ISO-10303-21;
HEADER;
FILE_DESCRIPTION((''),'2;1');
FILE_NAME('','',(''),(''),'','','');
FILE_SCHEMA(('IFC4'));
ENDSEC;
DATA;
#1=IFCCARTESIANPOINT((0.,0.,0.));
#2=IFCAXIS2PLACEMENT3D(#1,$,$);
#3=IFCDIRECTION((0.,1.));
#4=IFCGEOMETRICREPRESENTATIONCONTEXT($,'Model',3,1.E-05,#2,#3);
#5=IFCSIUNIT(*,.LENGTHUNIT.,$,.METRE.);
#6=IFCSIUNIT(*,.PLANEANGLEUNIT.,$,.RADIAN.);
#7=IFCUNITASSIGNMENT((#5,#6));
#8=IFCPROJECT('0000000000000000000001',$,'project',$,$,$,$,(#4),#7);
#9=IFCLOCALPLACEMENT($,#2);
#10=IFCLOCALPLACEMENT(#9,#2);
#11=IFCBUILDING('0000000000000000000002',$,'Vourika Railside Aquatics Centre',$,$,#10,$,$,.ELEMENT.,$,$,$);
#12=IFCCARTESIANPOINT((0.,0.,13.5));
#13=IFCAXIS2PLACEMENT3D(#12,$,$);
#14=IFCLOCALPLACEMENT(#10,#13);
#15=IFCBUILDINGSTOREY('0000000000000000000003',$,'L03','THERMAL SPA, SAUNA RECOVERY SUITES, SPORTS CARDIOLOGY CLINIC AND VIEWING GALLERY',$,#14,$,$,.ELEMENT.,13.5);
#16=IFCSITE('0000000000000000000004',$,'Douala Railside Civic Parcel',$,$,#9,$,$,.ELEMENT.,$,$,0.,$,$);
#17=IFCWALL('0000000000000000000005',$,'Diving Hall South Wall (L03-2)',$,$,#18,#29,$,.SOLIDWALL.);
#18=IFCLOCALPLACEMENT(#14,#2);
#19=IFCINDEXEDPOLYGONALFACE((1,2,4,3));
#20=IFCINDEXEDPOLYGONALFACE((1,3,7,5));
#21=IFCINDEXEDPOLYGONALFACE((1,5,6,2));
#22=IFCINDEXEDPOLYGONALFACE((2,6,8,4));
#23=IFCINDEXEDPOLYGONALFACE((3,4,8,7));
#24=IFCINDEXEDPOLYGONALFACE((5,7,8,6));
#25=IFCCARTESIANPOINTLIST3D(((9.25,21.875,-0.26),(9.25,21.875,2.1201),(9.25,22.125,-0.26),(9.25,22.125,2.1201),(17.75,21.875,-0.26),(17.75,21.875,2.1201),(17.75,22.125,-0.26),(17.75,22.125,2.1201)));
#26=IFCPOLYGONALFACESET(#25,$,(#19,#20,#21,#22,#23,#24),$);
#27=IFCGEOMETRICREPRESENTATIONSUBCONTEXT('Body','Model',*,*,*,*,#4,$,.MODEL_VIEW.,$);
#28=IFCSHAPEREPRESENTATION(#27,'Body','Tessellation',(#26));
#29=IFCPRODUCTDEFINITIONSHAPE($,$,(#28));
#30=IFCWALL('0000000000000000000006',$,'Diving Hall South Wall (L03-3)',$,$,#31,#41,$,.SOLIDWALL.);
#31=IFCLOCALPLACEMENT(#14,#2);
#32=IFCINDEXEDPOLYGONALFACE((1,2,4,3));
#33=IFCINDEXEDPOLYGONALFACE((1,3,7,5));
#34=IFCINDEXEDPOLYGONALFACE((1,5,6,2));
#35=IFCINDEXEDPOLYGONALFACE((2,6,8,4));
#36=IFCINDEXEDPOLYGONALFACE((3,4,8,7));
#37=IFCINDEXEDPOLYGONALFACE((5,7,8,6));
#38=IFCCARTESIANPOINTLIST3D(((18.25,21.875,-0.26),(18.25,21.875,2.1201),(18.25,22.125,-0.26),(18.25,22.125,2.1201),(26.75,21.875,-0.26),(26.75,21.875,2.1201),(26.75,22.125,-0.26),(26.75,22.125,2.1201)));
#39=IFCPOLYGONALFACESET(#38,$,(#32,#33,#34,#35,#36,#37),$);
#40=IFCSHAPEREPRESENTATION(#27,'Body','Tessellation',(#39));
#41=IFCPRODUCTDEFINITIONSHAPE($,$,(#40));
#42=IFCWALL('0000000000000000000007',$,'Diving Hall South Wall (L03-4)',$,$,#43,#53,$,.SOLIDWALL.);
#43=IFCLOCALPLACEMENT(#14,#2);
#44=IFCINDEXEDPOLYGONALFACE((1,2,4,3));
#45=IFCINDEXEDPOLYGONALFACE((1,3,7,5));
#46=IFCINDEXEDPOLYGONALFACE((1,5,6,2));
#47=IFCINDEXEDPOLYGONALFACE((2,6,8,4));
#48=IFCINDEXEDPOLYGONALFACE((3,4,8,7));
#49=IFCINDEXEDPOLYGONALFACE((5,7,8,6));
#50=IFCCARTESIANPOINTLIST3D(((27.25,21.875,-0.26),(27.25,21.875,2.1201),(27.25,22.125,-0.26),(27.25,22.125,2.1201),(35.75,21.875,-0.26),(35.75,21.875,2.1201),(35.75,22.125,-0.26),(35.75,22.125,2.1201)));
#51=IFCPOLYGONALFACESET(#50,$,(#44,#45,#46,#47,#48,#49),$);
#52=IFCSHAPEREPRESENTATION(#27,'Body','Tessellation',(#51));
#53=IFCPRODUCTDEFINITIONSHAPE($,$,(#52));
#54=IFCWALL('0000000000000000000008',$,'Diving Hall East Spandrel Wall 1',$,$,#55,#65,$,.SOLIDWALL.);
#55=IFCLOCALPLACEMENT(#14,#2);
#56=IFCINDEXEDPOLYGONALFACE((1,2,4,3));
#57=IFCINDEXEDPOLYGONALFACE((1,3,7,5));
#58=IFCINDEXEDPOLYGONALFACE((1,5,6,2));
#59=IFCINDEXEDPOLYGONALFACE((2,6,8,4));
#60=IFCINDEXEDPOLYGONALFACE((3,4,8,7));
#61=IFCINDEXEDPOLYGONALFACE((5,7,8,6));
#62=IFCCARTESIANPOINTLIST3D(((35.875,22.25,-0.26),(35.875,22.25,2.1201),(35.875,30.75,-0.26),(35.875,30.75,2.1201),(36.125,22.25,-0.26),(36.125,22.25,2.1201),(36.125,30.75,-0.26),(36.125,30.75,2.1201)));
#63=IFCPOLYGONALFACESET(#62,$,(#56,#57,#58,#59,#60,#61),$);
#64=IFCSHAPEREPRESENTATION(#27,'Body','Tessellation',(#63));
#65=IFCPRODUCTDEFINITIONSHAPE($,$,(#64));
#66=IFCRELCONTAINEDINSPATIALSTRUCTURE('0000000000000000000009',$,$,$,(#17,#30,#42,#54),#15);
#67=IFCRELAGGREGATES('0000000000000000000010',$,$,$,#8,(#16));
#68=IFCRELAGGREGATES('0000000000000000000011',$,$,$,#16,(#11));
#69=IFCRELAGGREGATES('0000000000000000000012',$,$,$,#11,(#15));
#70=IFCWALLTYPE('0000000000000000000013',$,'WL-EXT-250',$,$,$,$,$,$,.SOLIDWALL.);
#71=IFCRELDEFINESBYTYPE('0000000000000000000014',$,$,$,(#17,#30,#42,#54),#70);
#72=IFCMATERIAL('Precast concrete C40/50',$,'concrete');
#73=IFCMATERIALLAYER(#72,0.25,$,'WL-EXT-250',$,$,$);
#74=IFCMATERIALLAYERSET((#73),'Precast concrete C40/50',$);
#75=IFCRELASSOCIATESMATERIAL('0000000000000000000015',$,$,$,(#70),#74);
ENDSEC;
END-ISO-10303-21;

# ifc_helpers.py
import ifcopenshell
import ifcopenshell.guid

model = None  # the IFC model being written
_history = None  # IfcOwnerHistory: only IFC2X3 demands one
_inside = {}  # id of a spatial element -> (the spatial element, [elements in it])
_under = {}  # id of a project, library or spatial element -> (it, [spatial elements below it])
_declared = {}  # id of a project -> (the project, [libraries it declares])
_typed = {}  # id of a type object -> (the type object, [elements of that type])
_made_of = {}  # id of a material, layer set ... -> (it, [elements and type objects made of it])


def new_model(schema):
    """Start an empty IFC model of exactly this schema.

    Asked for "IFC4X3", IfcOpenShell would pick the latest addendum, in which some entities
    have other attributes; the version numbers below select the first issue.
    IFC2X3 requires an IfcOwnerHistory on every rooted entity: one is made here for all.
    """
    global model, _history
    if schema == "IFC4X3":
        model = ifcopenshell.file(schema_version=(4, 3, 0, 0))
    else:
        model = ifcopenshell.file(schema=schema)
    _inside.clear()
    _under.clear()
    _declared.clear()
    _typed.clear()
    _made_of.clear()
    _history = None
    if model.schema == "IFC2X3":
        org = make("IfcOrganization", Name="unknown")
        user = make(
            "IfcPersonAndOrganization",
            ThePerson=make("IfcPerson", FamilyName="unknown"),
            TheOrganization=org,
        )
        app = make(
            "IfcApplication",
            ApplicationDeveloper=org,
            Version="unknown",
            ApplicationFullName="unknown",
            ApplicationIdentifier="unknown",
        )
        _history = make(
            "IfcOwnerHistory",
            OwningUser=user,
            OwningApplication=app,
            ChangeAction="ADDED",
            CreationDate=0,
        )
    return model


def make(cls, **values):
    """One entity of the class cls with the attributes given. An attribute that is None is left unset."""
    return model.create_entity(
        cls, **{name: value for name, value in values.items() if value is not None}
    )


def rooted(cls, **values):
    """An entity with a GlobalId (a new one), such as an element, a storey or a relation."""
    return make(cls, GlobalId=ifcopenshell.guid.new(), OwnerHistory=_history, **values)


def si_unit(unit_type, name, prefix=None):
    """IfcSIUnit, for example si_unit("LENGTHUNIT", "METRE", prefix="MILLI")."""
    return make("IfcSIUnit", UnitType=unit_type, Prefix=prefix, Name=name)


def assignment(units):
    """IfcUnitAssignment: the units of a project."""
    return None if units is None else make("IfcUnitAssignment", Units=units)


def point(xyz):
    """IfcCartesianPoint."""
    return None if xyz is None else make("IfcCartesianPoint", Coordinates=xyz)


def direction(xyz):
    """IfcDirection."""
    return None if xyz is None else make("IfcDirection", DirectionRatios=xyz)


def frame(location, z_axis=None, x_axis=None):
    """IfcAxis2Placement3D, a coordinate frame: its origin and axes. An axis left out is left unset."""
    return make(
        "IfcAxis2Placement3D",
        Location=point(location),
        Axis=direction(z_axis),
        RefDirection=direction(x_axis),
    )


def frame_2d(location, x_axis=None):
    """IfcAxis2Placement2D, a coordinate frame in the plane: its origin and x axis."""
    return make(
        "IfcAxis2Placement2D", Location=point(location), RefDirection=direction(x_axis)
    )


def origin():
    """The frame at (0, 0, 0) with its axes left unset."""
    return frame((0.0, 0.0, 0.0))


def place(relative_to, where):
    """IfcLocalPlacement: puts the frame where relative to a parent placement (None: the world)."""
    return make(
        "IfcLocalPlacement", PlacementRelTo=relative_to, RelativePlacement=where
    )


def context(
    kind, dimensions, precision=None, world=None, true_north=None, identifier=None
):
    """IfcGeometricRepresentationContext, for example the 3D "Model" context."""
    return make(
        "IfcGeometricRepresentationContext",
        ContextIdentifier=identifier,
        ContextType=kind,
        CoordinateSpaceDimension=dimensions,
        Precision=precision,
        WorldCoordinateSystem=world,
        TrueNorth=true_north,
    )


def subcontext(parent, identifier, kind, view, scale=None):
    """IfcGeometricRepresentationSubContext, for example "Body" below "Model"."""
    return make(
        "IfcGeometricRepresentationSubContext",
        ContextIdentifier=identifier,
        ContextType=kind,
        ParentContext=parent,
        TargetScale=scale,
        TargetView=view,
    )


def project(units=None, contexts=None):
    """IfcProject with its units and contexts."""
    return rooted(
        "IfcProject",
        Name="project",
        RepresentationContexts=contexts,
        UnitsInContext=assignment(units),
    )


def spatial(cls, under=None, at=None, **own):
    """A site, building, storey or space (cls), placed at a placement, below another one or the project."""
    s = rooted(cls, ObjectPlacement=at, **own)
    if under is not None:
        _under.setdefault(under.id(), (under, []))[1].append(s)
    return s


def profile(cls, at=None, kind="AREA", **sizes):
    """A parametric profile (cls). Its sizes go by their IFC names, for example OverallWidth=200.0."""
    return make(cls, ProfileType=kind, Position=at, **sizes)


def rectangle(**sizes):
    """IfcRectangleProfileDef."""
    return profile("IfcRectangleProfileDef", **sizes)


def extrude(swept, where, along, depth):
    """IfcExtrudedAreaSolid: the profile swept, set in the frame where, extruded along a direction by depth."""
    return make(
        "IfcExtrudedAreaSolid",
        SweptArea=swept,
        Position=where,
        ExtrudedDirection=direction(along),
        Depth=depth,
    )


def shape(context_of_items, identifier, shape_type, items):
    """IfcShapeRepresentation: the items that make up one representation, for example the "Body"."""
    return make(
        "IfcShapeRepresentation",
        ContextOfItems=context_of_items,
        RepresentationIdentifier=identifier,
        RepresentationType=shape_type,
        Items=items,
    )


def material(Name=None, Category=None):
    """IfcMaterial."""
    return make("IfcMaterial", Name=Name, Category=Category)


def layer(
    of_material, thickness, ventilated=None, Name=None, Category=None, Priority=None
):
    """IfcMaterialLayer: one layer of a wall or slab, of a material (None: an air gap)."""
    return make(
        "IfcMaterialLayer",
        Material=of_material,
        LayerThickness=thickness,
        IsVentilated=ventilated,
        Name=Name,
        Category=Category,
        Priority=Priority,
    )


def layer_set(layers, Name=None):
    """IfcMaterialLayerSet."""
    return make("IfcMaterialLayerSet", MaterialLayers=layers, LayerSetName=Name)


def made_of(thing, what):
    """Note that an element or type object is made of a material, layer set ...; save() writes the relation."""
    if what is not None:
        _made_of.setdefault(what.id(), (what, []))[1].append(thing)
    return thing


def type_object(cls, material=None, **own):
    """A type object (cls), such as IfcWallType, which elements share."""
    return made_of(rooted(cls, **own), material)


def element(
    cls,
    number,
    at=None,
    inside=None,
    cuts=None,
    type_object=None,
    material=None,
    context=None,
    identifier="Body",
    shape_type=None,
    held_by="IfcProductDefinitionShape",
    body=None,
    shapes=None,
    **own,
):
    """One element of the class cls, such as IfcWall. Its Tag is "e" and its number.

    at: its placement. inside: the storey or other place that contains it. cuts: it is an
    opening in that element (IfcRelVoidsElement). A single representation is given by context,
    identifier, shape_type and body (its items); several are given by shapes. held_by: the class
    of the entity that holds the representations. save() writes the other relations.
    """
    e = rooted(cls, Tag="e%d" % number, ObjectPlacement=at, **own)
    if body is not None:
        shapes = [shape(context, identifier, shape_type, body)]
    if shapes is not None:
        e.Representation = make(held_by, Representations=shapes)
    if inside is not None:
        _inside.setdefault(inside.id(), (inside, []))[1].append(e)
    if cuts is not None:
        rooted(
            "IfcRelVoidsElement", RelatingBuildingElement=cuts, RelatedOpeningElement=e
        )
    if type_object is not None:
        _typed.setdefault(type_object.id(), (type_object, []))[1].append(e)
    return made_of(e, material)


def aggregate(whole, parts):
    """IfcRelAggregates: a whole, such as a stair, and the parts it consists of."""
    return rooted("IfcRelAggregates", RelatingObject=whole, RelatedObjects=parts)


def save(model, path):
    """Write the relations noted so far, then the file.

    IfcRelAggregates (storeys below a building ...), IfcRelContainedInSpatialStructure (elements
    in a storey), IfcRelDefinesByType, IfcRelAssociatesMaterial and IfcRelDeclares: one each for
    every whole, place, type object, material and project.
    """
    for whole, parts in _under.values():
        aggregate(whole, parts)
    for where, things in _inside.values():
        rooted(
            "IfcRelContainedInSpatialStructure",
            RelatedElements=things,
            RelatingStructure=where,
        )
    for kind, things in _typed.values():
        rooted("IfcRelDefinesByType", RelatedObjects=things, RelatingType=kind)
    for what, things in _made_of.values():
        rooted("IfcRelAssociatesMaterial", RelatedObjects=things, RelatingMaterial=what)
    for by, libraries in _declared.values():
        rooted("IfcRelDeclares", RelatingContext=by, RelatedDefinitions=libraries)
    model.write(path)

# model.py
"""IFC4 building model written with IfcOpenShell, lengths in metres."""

from ifc_helpers import new_model, si_unit, direction, frame, frame_2d, origin, place, context, subcontext, project, spatial, rectangle, extrude, material, layer, layer_set, type_object, element, save


model = new_model("IFC4")

# Units and contexts
model_context = context("Model", 3, precision=1e-05, world=origin(), true_north=direction((0.0, 1.0)))
body_context = subcontext(model_context, "Body", "Model", "MODEL_VIEW")
ifc_project = project(units=[si_unit("LENGTHUNIT", "METRE"), si_unit("PLANEANGLEUNIT", "RADIAN")], contexts=[model_context])

# Site, building, storey
site_placement = place(None, origin())
site = spatial("IfcSite", under=ifc_project, at=site_placement, Name="Douala Railside Civic Parcel", CompositionType="ELEMENT", RefElevation=0.0)
building_placement = place(site_placement, origin())
building = spatial("IfcBuilding", under=site, at=building_placement, Name="Vourika Railside Aquatics Centre", CompositionType="ELEMENT")
storey_placement = place(building_placement, frame((0.0, 0.0, 13.5)))
storey = spatial("IfcBuildingStorey", under=building, at=storey_placement, Name="L03", Description="THERMAL SPA, SAUNA RECOVERY SUITES, SPORTS CARDIOLOGY CLINIC AND VIEWING GALLERY", CompositionType="ELEMENT", Elevation=13.5)

# Walls
ifc_material_1 = material(Name="Precast concrete C40/50", Category="concrete")
ifc_layer_1 = layer(ifc_material_1, 0.25, Name="WL-EXT-250")
ifc_layer_set_1 = layer_set([ifc_layer_1], Name="Precast concrete C40/50")
wall_type = type_object("IfcWallType", Name="WL-EXT-250", PredefinedType="SOLIDWALL", material=ifc_layer_set_1)
for number, where, z_axis, x_axis, name in (
    (1, (9.25, 22.0, -0.26), (0.0, 0.0, 1.0), (1.0, 0.0, 0.0), "Diving Hall South Wall (L03-2)"),
    (2, (18.25, 22.0, -0.26), (0.0, 0.0, 1.0), (1.0, 0.0, 0.0), "Diving Hall South Wall (L03-3)"),
    (3, (27.25, 22.0, -0.26), (0.0, 0.0, 1.0), (1.0, 0.0, 0.0), "Diving Hall South Wall (L03-4)"),
    (4, (36.0, 22.25, -0.26), (0.0, 0.0, 1.0), (0.0, 1.0, 0.0), "Diving Hall East Spandrel Wall 1"),
):
    element("IfcWall", number, at=place(storey_placement, frame(where, z_axis=z_axis, x_axis=x_axis)), inside=storey, type_object=wall_type, Name=name, PredefinedType="SOLIDWALL", context=body_context, shape_type="SweptSolid", body=[
        extrude(rectangle(XDim=8.5, YDim=0.25, at=frame_2d((4.25, 0.0))), origin(), (0.0, 0.0, 1.0), 2.3801),
    ])

save(model, "model.ifc")
